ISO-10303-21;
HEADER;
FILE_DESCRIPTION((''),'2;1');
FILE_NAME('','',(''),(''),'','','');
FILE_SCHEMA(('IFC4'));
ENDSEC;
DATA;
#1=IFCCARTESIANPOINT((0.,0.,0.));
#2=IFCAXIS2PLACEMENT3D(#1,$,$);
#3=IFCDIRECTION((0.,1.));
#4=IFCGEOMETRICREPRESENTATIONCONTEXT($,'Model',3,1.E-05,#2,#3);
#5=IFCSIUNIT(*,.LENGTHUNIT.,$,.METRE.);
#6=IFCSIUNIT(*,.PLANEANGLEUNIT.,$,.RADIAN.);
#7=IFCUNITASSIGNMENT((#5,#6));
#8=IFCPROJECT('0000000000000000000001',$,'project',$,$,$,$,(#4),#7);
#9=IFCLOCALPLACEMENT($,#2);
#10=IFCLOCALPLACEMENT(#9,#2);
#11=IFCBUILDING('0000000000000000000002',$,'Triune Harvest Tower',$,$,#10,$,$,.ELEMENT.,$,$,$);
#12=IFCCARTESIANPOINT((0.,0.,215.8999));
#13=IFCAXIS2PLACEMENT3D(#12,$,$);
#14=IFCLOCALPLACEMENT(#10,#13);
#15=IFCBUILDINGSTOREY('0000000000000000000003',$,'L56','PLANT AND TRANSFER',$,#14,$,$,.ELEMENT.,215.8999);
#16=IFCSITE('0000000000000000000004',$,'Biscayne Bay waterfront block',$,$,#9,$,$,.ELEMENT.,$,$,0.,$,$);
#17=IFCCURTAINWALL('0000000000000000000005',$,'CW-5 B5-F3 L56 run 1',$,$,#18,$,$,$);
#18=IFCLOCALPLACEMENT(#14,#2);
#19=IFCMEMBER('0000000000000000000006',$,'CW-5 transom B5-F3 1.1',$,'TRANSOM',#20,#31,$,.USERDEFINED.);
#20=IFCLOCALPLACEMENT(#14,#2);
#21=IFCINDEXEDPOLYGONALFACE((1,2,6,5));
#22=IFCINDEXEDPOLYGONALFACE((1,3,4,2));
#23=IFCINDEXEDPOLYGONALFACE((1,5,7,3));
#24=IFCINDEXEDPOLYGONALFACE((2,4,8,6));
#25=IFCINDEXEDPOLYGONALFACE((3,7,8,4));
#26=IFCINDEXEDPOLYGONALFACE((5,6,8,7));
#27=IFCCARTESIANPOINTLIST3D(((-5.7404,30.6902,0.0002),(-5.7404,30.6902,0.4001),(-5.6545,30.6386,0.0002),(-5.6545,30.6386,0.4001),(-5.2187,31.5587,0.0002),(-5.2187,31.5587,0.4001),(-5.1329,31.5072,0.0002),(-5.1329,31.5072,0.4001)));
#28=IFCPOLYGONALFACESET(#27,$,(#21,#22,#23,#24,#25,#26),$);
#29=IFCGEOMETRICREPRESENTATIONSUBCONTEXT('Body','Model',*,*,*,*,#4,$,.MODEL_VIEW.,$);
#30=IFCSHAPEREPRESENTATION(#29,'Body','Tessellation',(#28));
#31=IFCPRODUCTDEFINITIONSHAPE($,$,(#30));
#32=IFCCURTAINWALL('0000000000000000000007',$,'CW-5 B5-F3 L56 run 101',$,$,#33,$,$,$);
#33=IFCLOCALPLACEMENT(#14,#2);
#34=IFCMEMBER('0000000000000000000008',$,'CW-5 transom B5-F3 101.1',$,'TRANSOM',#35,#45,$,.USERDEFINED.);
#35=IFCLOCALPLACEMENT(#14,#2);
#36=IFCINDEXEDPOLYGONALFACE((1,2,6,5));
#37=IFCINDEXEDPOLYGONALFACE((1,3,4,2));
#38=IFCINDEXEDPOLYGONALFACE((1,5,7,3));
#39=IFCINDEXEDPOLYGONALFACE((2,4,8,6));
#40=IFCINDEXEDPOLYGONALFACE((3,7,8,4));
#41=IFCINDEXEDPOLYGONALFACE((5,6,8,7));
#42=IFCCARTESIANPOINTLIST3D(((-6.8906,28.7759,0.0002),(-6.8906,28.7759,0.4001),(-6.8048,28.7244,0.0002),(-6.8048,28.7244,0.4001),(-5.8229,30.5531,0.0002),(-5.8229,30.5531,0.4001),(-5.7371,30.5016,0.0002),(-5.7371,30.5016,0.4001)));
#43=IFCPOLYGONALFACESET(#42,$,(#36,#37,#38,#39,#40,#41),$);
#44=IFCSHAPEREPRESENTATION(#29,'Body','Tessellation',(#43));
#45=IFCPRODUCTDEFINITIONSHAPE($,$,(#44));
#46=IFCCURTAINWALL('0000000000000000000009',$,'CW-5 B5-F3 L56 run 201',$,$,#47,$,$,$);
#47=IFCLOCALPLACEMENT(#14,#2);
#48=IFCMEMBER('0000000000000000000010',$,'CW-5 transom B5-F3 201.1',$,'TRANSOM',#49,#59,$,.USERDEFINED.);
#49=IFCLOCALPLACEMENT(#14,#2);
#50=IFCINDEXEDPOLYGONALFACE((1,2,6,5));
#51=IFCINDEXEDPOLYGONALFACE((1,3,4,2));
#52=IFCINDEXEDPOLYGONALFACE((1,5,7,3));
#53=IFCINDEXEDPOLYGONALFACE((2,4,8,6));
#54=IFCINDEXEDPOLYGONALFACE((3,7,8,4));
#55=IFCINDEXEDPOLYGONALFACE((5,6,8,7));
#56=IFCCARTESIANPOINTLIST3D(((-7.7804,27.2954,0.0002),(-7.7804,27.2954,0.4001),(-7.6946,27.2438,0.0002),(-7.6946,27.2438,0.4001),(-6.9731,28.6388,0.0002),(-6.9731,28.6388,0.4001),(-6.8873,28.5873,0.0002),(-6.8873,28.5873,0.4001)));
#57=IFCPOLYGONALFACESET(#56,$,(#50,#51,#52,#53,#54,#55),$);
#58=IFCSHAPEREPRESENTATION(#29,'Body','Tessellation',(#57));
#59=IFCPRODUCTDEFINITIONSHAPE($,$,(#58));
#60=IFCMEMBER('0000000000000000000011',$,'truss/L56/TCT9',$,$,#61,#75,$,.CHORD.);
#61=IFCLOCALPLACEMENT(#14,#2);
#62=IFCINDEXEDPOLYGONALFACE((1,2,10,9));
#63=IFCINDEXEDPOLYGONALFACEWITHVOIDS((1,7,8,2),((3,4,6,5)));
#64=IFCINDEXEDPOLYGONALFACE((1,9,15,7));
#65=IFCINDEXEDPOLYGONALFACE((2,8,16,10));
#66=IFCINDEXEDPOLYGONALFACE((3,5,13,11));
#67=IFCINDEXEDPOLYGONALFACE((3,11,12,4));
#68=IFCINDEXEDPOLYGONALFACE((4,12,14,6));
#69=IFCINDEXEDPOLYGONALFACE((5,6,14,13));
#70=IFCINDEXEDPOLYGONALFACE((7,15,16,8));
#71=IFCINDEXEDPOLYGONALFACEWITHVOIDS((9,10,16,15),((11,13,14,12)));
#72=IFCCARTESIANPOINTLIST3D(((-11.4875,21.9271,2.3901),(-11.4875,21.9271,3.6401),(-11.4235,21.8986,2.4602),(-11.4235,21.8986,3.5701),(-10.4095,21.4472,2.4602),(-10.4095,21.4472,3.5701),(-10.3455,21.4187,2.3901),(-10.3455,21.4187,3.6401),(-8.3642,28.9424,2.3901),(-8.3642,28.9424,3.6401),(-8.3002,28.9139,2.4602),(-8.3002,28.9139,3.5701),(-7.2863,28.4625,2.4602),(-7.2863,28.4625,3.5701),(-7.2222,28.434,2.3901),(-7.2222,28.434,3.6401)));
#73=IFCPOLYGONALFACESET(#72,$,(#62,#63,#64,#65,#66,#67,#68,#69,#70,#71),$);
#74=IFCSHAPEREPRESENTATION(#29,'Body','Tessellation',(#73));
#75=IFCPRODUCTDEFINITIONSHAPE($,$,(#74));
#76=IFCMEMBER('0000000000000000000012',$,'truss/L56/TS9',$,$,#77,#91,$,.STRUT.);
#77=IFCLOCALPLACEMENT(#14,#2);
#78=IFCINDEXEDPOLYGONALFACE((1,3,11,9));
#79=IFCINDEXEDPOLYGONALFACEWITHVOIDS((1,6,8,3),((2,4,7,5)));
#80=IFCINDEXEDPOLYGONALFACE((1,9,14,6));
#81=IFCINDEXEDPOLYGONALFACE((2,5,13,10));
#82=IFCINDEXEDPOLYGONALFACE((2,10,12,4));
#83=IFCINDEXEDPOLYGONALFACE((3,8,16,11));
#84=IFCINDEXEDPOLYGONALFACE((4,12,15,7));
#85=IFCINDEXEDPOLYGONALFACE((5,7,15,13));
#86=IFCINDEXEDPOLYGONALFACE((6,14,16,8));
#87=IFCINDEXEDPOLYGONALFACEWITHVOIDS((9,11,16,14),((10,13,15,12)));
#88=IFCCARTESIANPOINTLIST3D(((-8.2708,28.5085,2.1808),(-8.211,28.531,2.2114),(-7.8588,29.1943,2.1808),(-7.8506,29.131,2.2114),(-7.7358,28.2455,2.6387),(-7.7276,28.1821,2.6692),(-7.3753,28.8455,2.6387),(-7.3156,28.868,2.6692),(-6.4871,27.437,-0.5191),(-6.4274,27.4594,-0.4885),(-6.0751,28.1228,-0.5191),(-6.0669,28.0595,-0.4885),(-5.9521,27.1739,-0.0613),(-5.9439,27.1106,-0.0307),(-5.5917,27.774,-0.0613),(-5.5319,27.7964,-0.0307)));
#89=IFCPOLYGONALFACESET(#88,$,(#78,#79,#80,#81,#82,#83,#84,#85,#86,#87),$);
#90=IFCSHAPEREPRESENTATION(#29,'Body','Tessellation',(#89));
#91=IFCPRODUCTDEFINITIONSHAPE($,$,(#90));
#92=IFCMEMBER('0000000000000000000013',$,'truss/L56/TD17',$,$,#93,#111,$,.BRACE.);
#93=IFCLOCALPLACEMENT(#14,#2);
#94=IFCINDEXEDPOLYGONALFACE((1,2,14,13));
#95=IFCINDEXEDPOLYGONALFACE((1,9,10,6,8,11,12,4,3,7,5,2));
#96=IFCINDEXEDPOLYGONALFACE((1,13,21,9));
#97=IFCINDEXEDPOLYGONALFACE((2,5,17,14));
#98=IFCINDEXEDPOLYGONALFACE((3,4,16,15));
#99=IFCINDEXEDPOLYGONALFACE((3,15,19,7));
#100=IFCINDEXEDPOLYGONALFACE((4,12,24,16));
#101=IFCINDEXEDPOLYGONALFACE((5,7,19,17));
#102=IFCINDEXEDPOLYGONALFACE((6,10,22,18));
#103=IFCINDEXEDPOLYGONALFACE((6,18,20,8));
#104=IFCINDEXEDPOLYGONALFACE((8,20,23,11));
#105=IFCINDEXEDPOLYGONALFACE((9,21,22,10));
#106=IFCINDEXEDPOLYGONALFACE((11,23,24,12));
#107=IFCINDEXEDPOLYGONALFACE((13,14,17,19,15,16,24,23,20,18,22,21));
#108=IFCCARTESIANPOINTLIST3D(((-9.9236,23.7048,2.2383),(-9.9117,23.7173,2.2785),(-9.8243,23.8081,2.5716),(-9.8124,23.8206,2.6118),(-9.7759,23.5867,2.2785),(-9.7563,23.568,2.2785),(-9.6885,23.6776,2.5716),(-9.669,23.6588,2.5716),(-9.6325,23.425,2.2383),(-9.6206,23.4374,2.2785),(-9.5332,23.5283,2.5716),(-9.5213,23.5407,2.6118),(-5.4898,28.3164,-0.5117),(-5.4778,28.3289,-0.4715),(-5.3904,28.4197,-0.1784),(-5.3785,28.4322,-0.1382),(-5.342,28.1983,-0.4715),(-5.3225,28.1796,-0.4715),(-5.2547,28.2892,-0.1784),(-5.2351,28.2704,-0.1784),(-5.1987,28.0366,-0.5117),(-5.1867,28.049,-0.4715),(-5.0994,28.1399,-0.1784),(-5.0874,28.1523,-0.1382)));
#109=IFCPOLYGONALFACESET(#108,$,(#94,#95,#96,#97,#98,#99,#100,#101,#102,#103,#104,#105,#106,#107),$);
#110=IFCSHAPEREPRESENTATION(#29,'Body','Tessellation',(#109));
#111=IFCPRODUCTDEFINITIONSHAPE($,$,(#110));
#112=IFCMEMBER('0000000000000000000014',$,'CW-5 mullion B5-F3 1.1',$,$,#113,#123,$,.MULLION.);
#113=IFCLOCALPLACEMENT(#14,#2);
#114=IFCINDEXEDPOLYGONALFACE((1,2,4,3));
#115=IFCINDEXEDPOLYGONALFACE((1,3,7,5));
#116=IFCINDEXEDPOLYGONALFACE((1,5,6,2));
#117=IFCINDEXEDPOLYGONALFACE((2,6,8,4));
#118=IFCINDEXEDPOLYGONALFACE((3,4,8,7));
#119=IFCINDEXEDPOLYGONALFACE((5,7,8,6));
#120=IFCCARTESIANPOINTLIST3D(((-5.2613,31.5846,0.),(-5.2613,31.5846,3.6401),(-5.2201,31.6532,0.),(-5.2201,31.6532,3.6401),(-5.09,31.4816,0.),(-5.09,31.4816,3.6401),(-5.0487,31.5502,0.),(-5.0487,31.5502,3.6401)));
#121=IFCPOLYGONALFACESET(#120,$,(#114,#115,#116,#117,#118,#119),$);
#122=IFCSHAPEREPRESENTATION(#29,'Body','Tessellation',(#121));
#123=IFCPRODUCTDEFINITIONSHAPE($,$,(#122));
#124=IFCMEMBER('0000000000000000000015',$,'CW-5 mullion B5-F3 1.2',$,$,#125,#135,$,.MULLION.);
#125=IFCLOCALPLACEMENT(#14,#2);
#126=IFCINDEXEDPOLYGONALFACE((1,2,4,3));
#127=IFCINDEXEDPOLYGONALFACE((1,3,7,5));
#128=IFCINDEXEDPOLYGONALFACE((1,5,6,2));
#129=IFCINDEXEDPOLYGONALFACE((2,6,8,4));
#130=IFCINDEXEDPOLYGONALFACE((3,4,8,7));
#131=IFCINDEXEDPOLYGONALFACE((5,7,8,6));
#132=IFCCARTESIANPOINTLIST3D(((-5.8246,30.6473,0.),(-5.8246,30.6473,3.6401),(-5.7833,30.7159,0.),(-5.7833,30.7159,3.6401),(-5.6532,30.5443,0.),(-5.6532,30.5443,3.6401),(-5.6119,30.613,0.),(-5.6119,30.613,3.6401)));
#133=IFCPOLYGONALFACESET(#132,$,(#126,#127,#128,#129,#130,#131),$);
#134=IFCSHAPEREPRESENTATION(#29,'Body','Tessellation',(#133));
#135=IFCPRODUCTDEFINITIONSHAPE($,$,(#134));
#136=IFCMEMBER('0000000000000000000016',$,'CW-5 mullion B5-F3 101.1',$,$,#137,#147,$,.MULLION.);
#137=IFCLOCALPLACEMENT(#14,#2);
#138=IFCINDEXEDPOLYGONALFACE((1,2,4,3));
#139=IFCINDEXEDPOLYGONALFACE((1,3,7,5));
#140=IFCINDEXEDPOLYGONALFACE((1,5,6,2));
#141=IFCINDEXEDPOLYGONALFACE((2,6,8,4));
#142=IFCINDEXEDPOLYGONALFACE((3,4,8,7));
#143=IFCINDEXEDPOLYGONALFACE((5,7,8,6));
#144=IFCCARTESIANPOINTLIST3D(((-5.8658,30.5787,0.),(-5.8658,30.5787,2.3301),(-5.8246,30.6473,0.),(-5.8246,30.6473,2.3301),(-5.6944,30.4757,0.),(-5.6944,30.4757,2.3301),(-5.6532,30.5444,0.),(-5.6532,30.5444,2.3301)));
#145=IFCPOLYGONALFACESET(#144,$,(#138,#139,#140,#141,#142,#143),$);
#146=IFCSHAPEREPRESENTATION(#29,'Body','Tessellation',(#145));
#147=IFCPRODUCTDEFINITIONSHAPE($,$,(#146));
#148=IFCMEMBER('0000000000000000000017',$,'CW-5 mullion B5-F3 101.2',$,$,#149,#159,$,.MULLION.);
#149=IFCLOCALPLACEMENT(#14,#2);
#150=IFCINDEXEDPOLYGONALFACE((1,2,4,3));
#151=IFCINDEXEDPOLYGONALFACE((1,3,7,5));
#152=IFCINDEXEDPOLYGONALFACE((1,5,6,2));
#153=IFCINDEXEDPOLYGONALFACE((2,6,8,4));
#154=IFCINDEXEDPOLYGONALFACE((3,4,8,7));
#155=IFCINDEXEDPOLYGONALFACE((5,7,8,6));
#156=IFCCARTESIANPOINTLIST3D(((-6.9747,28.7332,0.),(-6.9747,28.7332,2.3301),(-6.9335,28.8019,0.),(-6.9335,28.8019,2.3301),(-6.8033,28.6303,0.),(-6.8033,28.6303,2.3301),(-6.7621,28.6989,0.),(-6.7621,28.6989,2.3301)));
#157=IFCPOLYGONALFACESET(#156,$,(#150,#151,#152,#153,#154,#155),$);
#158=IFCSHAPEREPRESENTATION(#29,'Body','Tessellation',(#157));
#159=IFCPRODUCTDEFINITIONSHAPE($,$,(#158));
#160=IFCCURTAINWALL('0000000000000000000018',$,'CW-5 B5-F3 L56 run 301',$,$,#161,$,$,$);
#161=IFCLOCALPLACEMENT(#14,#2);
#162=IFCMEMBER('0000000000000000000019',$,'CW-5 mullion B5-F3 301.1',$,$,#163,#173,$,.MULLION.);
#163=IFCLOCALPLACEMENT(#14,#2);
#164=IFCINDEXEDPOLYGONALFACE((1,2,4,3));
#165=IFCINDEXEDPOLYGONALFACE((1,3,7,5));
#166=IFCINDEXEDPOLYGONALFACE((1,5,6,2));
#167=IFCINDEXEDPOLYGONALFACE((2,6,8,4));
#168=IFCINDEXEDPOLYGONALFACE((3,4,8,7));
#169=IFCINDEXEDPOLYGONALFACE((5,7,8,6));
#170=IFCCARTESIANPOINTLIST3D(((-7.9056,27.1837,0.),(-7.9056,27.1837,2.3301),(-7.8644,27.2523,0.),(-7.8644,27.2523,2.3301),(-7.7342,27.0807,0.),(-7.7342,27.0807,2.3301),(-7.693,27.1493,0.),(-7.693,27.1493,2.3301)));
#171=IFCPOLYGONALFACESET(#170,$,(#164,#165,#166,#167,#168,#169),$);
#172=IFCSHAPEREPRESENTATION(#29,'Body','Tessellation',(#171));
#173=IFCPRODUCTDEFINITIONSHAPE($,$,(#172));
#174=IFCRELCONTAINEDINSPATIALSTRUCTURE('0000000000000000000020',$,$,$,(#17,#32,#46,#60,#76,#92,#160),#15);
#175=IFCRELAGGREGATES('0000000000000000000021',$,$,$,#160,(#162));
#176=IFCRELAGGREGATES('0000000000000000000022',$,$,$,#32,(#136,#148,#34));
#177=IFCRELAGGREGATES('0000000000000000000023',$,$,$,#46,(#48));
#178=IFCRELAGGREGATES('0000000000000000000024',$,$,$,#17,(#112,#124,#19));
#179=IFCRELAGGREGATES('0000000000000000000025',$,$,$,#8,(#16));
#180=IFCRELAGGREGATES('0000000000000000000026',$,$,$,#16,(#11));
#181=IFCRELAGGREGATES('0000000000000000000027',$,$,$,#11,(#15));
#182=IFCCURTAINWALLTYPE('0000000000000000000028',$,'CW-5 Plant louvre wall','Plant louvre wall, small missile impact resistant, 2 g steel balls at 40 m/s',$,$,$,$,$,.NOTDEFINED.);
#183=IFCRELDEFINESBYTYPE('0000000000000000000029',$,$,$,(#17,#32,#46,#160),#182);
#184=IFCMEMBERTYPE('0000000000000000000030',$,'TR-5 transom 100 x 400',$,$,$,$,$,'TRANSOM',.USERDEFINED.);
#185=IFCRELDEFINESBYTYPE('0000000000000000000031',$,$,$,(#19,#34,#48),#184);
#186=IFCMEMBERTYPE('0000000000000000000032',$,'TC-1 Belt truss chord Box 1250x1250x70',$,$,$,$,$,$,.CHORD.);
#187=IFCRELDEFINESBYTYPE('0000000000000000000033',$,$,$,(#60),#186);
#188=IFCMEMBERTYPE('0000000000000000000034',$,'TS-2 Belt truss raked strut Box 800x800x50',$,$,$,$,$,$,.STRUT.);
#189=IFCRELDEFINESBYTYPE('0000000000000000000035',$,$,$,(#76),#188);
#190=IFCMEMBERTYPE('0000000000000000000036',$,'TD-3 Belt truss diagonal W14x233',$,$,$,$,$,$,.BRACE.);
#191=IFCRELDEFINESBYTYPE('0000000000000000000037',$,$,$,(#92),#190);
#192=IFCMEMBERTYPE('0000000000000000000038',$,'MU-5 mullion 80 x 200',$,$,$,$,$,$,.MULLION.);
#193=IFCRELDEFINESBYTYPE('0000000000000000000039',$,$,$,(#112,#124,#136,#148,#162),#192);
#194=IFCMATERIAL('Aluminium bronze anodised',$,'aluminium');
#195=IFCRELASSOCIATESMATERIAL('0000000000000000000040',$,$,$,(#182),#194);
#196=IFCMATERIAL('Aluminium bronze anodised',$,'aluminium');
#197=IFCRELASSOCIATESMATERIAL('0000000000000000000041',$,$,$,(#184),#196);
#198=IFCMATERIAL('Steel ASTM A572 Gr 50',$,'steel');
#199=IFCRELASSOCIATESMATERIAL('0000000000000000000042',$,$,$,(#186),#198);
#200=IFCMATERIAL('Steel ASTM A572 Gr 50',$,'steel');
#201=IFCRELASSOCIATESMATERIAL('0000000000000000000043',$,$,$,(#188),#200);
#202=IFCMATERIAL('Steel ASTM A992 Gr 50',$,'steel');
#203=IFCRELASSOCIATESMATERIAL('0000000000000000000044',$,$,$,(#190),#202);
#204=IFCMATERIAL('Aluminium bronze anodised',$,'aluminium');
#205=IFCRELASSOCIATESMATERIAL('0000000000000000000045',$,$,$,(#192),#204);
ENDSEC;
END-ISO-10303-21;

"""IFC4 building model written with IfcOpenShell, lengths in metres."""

from ifc_helpers import new_model, si_unit, direction, frame, origin, origin_2d, place, context, subcontext, project, spatial, rectangle, hollow_rectangle, i_section, extrude, source, transform, mapped, material, material_profile, profile_set, type_object, element, aggregate, save


model = new_model("IFC4")

# Units and contexts
model_context = context("Model", 3, precision=1e-05, world=origin(), true_north=direction((0.0, 1.0)))
body_context = subcontext(model_context, "Body", "Model", "MODEL_VIEW")
ifc_project = project(units=[si_unit("LENGTHUNIT", "METRE"), si_unit("PLANEANGLEUNIT", "RADIAN")], contexts=[model_context])

# Site, building, storey
site_placement = place(None, origin())
site = spatial("IfcSite", under=ifc_project, at=site_placement, Name="Biscayne Bay waterfront block", CompositionType="ELEMENT", RefElevation=0.0)
building_placement = place(site_placement, origin())
building = spatial("IfcBuilding", under=site, at=building_placement, Name="Triune Harvest Tower", CompositionType="ELEMENT")
storey_placement = place(building_placement, frame((0.0, 0.0, 215.8999)))
storey = spatial("IfcBuildingStorey", under=building, at=storey_placement, Name="L56", Description="PLANT AND TRANSFER", CompositionType="ELEMENT", Elevation=215.8999)

# Curtain walls, members
ifc_material_1 = material(Name="Aluminium bronze anodised", Category="aluminium")
curtain_wall_type = type_object("IfcCurtainWallType", Name="CW-5 Plant louvre wall", Description="Plant louvre wall, small missile impact resistant, 2 g steel balls at 40 m/s", PredefinedType="NOTDEFINED", material=ifc_material_1)
curtain_wall_1_placement = place(storey_placement, origin())
curtain_wall_1 = element("IfcCurtainWall", 1, at=curtain_wall_1_placement, inside=storey, type_object=curtain_wall_type, Name="CW-5 B5-F3 L56 run 1")
ifc_material_2 = material(Name="Aluminium bronze anodised", Category="aluminium")
ifc_material_profile_1 = material_profile(ifc_material_2, rectangle(XDim=0.1001, YDim=0.3999, at=origin_2d()), Name="TR-5 transom 100 x 400")
ifc_profile_set_1 = profile_set([ifc_material_profile_1], Name="Aluminium bronze anodised")
member_type_1 = type_object("IfcMemberType", Name="TR-5 transom 100 x 400", ElementType="TRANSOM", PredefinedType="USERDEFINED", material=ifc_profile_set_1)
member_1_placement = place(storey_placement, frame((-5.1758, 31.533, 0.2002), z_axis=(-0.514885, -0.857259, 0.0), x_axis=(0.857259, -0.514885, 0.0)))
member_1 = element("IfcMember", 2, at=member_1_placement, type_object=member_type_1, Name="CW-5 transom B5-F3 1.1", ObjectType="TRANSOM", PredefinedType="USERDEFINED", context=body_context, shape_type="SweptSolid", body=[
    extrude(rectangle(XDim=0.1001, YDim=0.3999, at=origin_2d()), origin(), (0.0, 0.0, 1.0), 1.0132),
])
curtain_wall_2_placement = place(storey_placement, origin())
curtain_wall_2 = element("IfcCurtainWall", 3, at=curtain_wall_2_placement, inside=storey, type_object=curtain_wall_type, Name="CW-5 B5-F3 L56 run 101")
member_2_placement = place(storey_placement, frame((-5.78, 30.5273, 0.2002), z_axis=(-0.514981, -0.857202, 0.0), x_axis=(0.857202, -0.514981, 0.0)))
member_2 = element("IfcMember", 4, at=member_2_placement, type_object=member_type_1, Name="CW-5 transom B5-F3 101.1", ObjectType="TRANSOM", PredefinedType="USERDEFINED", context=body_context, shape_type="SweptSolid", body=[
    extrude(rectangle(XDim=0.1001, YDim=0.3999, at=origin_2d()), origin(), (0.0, 0.0, 1.0), 2.0732),
])
curtain_wall_3_placement = place(storey_placement, origin())
curtain_wall_3 = element("IfcCurtainWall", 5, at=curtain_wall_3_placement, inside=storey, type_object=curtain_wall_type, Name="CW-5 B5-F3 L56 run 201")
member_3_placement = place(storey_placement, frame((-6.9302, 28.613, 0.2002), z_axis=(-0.515091, -0.857135, 0.0), x_axis=(0.857135, -0.515091, 0.0)))
member_3 = element("IfcMember", 6, at=member_3_placement, type_object=member_type_1, Name="CW-5 transom B5-F3 201.1", ObjectType="TRANSOM", PredefinedType="USERDEFINED", context=body_context, shape_type="SweptSolid", body=[
    extrude(rectangle(XDim=0.1001, YDim=0.3999, at=origin_2d()), origin(), (0.0, 0.0, 1.0), 1.5674),
])

# Members
ifc_material_3 = material(Name="Steel ASTM A572 Gr 50", Category="steel")
ifc_material_profile_2 = material_profile(ifc_material_3, hollow_rectangle(XDim=1.25, YDim=1.25, WallThickness=0.0701, at=origin_2d()), Name="Box 1250x1250x70")
ifc_profile_set_2 = profile_set([ifc_material_profile_2], Name="Steel ASTM A572 Gr 50")
member_type_2 = type_object("IfcMemberType", Name="TC-1 Belt truss chord Box 1250x1250x70", PredefinedType="CHORD", material=ifc_profile_set_2)
shared_shape_1 = source(origin(), body_context, "Body", "SweptSolid", [
    extrude(hollow_rectangle(XDim=1.25, YDim=1.25, WallThickness=0.0701, at=origin_2d()), origin(), (0.0, 0.0, 1.0), 7.6792),
])
member_4_placement = place(storey_placement, frame((-7.7932, 28.6882, 3.0151), z_axis=(-0.406719, -0.913553, 0.0), x_axis=(0.913553, -0.406719, 0.0)))
element("IfcMember", 7, at=member_4_placement, inside=storey, type_object=member_type_2, Name="truss/L56/TCT9", PredefinedType="CHORD", context=body_context, shape_type="MappedRepresentation", body=[
    mapped(shared_shape_1, transform((0.0, 0.0, 0.0), scale=1.0)),
])
ifc_material_4 = material(Name="Steel ASTM A572 Gr 50", Category="steel")
ifc_material_profile_3 = material_profile(ifc_material_4, hollow_rectangle(XDim=0.8, YDim=0.8, WallThickness=0.05, at=origin_2d()), Name="Box 800x800x50")
ifc_profile_set_3 = profile_set([ifc_material_profile_3], Name="Steel ASTM A572 Gr 50")
member_type_3 = type_object("IfcMemberType", Name="TS-2 Belt truss raked strut Box 800x800x50", PredefinedType="STRUT", material=ifc_profile_set_3)
shared_shape_2 = source(origin(), body_context, "Body", "SweptSolid", [
    extrude(hollow_rectangle(XDim=0.8, YDim=0.8, WallThickness=0.05, at=origin_2d()), origin(), (0.0, 0.0, 1.0), 3.4087),
])
member_5_placement = place(storey_placement, frame((-6.0095, 27.6167, -0.2749), z_axis=(-0.523271, 0.314349, 0.792068), x_axis=(-0.514962, -0.857213, 0.0)))
element("IfcMember", 8, at=member_5_placement, inside=storey, type_object=member_type_3, Name="truss/L56/TS9", PredefinedType="STRUT", context=body_context, shape_type="MappedRepresentation", body=[
    mapped(shared_shape_2, transform((0.0, 0.0, 0.0), scale=1.0)),
])
ifc_material_5 = material(Name="Steel ASTM A992 Gr 50", Category="steel")
ifc_material_profile_4 = material_profile(ifc_material_5, i_section(OverallWidth=0.4038, OverallDepth=0.4065, WebThickness=0.0271, FlangeThickness=0.0437, at=origin_2d()), Name="W14x233")
ifc_profile_set_4 = profile_set([ifc_material_profile_4], Name="Steel ASTM A992 Gr 50")
member_type_4 = type_object("IfcMemberType", Name="TD-3 Belt truss diagonal W14x233", PredefinedType="BRACE", material=ifc_profile_set_4)
shared_shape_3 = source(origin(), body_context, "Body", "SweptSolid", [
    extrude(i_section(OverallWidth=0.4038, OverallDepth=0.4065, WebThickness=0.0271, FlangeThickness=0.0437, at=origin_2d()), origin(), (0.0, 0.0, 1.0), 6.9634),
])
member_6_placement = place(storey_placement, frame((-5.2886, 28.2344, -0.325), z_axis=(-0.636741, -0.662265, 0.394926), x_axis=(0.720862, -0.693079, 0.0)))
element("IfcMember", 9, at=member_6_placement, inside=storey, type_object=member_type_4, Name="truss/L56/TD17", PredefinedType="BRACE", context=body_context, shape_type="MappedRepresentation", body=[
    mapped(shared_shape_3, transform((0.0, 0.0, 0.0), scale=1.0)),
])

# Members
ifc_material_6 = material(Name="Aluminium bronze anodised", Category="aluminium")
ifc_material_profile_5 = material_profile(ifc_material_6, rectangle(XDim=0.2, YDim=0.0801, at=origin_2d()), Name="MU-5 mullion 80 x 200")
ifc_profile_set_5 = profile_set([ifc_material_profile_5], Name="Aluminium bronze anodised")
member_type_5 = type_object("IfcMemberType", Name="MU-5 mullion 80 x 200", PredefinedType="MULLION", material=ifc_profile_set_5)
shared_shape_4 = source(origin(), body_context, "Body", "SweptSolid", [
    extrude(rectangle(XDim=0.2, YDim=0.0801, at=origin_2d()), origin(), (0.0, 0.0, 1.0), 3.6401),
])
member_7_placement = place(storey_placement, frame((-5.155, 31.5674, 0.0), z_axis=(0.0, 0.0, 1.0), x_axis=(0.857184, -0.51501, 0.0)))
member_7 = element("IfcMember", 10, at=member_7_placement, type_object=member_type_5, Name="CW-5 mullion B5-F3 1.1", PredefinedType="MULLION", context=body_context, shape_type="MappedRepresentation", body=[
    mapped(shared_shape_4, transform((0.0, 0.0, 0.0), scale=1.0)),
])
member_8_placement = place(storey_placement, frame((-5.7183, 30.6301, 0.0), z_axis=(0.0, 0.0, 1.0), x_axis=(0.857184, -0.51501, 0.0)))
member_8 = element("IfcMember", 11, at=member_8_placement, type_object=member_type_5, Name="CW-5 mullion B5-F3 1.2", PredefinedType="MULLION", context=body_context, shape_type="MappedRepresentation", body=[
    mapped(shared_shape_4, transform((0.0, 0.0, 0.0), scale=1.0)),
])
shared_shape_5 = source(origin(), body_context, "Body", "SweptSolid", [
    extrude(rectangle(XDim=0.2, YDim=0.0801, at=origin_2d()), origin(), (0.0, 0.0, 1.0), 2.3301),
])
member_9_placement = place(storey_placement, frame((-5.7595, 30.5615, 0.0), z_axis=(0.0, 0.0, 1.0), x_axis=(0.857169, -0.515036, 0.0)))
member_9 = element("IfcMember", 12, at=member_9_placement, type_object=member_type_5, Name="CW-5 mullion B5-F3 101.1", PredefinedType="MULLION", context=body_context, shape_type="MappedRepresentation", body=[
    mapped(shared_shape_5, transform((0.0, 0.0, 0.0), scale=1.0)),
])
member_10_placement = place(storey_placement, frame((-6.8684, 28.7161, 0.0), z_axis=(0.0, 0.0, 1.0), x_axis=(0.857169, -0.515036, 0.0)))
member_10 = element("IfcMember", 13, at=member_10_placement, type_object=member_type_5, Name="CW-5 mullion B5-F3 101.2", PredefinedType="MULLION", context=body_context, shape_type="MappedRepresentation", body=[
    mapped(shared_shape_5, transform((0.0, 0.0, 0.0), scale=1.0)),
])

# Curtain wall, member
curtain_wall_4_placement = place(storey_placement, origin())
curtain_wall_4 = element("IfcCurtainWall", 14, at=curtain_wall_4_placement, inside=storey, type_object=curtain_wall_type, Name="CW-5 B5-F3 L56 run 301")
member_11_placement = place(storey_placement, frame((-7.7993, 27.1665, 0.0), z_axis=(0.0, 0.0, 1.0), x_axis=(0.857209, -0.514969, 0.0)))
member_11 = element("IfcMember", 15, at=member_11_placement, type_object=member_type_5, Name="CW-5 mullion B5-F3 301.1", PredefinedType="MULLION", context=body_context, shape_type="MappedRepresentation", body=[
    mapped(shared_shape_5, transform((0.0, 0.0, 0.0), scale=1.0)),
])
aggregate(curtain_wall_4, [member_11])

aggregate(curtain_wall_2, [member_9, member_10, member_2])
aggregate(curtain_wall_3, [member_3])
aggregate(curtain_wall_1, [member_7, member_8, member_1])

save(model, "model.ifc")
